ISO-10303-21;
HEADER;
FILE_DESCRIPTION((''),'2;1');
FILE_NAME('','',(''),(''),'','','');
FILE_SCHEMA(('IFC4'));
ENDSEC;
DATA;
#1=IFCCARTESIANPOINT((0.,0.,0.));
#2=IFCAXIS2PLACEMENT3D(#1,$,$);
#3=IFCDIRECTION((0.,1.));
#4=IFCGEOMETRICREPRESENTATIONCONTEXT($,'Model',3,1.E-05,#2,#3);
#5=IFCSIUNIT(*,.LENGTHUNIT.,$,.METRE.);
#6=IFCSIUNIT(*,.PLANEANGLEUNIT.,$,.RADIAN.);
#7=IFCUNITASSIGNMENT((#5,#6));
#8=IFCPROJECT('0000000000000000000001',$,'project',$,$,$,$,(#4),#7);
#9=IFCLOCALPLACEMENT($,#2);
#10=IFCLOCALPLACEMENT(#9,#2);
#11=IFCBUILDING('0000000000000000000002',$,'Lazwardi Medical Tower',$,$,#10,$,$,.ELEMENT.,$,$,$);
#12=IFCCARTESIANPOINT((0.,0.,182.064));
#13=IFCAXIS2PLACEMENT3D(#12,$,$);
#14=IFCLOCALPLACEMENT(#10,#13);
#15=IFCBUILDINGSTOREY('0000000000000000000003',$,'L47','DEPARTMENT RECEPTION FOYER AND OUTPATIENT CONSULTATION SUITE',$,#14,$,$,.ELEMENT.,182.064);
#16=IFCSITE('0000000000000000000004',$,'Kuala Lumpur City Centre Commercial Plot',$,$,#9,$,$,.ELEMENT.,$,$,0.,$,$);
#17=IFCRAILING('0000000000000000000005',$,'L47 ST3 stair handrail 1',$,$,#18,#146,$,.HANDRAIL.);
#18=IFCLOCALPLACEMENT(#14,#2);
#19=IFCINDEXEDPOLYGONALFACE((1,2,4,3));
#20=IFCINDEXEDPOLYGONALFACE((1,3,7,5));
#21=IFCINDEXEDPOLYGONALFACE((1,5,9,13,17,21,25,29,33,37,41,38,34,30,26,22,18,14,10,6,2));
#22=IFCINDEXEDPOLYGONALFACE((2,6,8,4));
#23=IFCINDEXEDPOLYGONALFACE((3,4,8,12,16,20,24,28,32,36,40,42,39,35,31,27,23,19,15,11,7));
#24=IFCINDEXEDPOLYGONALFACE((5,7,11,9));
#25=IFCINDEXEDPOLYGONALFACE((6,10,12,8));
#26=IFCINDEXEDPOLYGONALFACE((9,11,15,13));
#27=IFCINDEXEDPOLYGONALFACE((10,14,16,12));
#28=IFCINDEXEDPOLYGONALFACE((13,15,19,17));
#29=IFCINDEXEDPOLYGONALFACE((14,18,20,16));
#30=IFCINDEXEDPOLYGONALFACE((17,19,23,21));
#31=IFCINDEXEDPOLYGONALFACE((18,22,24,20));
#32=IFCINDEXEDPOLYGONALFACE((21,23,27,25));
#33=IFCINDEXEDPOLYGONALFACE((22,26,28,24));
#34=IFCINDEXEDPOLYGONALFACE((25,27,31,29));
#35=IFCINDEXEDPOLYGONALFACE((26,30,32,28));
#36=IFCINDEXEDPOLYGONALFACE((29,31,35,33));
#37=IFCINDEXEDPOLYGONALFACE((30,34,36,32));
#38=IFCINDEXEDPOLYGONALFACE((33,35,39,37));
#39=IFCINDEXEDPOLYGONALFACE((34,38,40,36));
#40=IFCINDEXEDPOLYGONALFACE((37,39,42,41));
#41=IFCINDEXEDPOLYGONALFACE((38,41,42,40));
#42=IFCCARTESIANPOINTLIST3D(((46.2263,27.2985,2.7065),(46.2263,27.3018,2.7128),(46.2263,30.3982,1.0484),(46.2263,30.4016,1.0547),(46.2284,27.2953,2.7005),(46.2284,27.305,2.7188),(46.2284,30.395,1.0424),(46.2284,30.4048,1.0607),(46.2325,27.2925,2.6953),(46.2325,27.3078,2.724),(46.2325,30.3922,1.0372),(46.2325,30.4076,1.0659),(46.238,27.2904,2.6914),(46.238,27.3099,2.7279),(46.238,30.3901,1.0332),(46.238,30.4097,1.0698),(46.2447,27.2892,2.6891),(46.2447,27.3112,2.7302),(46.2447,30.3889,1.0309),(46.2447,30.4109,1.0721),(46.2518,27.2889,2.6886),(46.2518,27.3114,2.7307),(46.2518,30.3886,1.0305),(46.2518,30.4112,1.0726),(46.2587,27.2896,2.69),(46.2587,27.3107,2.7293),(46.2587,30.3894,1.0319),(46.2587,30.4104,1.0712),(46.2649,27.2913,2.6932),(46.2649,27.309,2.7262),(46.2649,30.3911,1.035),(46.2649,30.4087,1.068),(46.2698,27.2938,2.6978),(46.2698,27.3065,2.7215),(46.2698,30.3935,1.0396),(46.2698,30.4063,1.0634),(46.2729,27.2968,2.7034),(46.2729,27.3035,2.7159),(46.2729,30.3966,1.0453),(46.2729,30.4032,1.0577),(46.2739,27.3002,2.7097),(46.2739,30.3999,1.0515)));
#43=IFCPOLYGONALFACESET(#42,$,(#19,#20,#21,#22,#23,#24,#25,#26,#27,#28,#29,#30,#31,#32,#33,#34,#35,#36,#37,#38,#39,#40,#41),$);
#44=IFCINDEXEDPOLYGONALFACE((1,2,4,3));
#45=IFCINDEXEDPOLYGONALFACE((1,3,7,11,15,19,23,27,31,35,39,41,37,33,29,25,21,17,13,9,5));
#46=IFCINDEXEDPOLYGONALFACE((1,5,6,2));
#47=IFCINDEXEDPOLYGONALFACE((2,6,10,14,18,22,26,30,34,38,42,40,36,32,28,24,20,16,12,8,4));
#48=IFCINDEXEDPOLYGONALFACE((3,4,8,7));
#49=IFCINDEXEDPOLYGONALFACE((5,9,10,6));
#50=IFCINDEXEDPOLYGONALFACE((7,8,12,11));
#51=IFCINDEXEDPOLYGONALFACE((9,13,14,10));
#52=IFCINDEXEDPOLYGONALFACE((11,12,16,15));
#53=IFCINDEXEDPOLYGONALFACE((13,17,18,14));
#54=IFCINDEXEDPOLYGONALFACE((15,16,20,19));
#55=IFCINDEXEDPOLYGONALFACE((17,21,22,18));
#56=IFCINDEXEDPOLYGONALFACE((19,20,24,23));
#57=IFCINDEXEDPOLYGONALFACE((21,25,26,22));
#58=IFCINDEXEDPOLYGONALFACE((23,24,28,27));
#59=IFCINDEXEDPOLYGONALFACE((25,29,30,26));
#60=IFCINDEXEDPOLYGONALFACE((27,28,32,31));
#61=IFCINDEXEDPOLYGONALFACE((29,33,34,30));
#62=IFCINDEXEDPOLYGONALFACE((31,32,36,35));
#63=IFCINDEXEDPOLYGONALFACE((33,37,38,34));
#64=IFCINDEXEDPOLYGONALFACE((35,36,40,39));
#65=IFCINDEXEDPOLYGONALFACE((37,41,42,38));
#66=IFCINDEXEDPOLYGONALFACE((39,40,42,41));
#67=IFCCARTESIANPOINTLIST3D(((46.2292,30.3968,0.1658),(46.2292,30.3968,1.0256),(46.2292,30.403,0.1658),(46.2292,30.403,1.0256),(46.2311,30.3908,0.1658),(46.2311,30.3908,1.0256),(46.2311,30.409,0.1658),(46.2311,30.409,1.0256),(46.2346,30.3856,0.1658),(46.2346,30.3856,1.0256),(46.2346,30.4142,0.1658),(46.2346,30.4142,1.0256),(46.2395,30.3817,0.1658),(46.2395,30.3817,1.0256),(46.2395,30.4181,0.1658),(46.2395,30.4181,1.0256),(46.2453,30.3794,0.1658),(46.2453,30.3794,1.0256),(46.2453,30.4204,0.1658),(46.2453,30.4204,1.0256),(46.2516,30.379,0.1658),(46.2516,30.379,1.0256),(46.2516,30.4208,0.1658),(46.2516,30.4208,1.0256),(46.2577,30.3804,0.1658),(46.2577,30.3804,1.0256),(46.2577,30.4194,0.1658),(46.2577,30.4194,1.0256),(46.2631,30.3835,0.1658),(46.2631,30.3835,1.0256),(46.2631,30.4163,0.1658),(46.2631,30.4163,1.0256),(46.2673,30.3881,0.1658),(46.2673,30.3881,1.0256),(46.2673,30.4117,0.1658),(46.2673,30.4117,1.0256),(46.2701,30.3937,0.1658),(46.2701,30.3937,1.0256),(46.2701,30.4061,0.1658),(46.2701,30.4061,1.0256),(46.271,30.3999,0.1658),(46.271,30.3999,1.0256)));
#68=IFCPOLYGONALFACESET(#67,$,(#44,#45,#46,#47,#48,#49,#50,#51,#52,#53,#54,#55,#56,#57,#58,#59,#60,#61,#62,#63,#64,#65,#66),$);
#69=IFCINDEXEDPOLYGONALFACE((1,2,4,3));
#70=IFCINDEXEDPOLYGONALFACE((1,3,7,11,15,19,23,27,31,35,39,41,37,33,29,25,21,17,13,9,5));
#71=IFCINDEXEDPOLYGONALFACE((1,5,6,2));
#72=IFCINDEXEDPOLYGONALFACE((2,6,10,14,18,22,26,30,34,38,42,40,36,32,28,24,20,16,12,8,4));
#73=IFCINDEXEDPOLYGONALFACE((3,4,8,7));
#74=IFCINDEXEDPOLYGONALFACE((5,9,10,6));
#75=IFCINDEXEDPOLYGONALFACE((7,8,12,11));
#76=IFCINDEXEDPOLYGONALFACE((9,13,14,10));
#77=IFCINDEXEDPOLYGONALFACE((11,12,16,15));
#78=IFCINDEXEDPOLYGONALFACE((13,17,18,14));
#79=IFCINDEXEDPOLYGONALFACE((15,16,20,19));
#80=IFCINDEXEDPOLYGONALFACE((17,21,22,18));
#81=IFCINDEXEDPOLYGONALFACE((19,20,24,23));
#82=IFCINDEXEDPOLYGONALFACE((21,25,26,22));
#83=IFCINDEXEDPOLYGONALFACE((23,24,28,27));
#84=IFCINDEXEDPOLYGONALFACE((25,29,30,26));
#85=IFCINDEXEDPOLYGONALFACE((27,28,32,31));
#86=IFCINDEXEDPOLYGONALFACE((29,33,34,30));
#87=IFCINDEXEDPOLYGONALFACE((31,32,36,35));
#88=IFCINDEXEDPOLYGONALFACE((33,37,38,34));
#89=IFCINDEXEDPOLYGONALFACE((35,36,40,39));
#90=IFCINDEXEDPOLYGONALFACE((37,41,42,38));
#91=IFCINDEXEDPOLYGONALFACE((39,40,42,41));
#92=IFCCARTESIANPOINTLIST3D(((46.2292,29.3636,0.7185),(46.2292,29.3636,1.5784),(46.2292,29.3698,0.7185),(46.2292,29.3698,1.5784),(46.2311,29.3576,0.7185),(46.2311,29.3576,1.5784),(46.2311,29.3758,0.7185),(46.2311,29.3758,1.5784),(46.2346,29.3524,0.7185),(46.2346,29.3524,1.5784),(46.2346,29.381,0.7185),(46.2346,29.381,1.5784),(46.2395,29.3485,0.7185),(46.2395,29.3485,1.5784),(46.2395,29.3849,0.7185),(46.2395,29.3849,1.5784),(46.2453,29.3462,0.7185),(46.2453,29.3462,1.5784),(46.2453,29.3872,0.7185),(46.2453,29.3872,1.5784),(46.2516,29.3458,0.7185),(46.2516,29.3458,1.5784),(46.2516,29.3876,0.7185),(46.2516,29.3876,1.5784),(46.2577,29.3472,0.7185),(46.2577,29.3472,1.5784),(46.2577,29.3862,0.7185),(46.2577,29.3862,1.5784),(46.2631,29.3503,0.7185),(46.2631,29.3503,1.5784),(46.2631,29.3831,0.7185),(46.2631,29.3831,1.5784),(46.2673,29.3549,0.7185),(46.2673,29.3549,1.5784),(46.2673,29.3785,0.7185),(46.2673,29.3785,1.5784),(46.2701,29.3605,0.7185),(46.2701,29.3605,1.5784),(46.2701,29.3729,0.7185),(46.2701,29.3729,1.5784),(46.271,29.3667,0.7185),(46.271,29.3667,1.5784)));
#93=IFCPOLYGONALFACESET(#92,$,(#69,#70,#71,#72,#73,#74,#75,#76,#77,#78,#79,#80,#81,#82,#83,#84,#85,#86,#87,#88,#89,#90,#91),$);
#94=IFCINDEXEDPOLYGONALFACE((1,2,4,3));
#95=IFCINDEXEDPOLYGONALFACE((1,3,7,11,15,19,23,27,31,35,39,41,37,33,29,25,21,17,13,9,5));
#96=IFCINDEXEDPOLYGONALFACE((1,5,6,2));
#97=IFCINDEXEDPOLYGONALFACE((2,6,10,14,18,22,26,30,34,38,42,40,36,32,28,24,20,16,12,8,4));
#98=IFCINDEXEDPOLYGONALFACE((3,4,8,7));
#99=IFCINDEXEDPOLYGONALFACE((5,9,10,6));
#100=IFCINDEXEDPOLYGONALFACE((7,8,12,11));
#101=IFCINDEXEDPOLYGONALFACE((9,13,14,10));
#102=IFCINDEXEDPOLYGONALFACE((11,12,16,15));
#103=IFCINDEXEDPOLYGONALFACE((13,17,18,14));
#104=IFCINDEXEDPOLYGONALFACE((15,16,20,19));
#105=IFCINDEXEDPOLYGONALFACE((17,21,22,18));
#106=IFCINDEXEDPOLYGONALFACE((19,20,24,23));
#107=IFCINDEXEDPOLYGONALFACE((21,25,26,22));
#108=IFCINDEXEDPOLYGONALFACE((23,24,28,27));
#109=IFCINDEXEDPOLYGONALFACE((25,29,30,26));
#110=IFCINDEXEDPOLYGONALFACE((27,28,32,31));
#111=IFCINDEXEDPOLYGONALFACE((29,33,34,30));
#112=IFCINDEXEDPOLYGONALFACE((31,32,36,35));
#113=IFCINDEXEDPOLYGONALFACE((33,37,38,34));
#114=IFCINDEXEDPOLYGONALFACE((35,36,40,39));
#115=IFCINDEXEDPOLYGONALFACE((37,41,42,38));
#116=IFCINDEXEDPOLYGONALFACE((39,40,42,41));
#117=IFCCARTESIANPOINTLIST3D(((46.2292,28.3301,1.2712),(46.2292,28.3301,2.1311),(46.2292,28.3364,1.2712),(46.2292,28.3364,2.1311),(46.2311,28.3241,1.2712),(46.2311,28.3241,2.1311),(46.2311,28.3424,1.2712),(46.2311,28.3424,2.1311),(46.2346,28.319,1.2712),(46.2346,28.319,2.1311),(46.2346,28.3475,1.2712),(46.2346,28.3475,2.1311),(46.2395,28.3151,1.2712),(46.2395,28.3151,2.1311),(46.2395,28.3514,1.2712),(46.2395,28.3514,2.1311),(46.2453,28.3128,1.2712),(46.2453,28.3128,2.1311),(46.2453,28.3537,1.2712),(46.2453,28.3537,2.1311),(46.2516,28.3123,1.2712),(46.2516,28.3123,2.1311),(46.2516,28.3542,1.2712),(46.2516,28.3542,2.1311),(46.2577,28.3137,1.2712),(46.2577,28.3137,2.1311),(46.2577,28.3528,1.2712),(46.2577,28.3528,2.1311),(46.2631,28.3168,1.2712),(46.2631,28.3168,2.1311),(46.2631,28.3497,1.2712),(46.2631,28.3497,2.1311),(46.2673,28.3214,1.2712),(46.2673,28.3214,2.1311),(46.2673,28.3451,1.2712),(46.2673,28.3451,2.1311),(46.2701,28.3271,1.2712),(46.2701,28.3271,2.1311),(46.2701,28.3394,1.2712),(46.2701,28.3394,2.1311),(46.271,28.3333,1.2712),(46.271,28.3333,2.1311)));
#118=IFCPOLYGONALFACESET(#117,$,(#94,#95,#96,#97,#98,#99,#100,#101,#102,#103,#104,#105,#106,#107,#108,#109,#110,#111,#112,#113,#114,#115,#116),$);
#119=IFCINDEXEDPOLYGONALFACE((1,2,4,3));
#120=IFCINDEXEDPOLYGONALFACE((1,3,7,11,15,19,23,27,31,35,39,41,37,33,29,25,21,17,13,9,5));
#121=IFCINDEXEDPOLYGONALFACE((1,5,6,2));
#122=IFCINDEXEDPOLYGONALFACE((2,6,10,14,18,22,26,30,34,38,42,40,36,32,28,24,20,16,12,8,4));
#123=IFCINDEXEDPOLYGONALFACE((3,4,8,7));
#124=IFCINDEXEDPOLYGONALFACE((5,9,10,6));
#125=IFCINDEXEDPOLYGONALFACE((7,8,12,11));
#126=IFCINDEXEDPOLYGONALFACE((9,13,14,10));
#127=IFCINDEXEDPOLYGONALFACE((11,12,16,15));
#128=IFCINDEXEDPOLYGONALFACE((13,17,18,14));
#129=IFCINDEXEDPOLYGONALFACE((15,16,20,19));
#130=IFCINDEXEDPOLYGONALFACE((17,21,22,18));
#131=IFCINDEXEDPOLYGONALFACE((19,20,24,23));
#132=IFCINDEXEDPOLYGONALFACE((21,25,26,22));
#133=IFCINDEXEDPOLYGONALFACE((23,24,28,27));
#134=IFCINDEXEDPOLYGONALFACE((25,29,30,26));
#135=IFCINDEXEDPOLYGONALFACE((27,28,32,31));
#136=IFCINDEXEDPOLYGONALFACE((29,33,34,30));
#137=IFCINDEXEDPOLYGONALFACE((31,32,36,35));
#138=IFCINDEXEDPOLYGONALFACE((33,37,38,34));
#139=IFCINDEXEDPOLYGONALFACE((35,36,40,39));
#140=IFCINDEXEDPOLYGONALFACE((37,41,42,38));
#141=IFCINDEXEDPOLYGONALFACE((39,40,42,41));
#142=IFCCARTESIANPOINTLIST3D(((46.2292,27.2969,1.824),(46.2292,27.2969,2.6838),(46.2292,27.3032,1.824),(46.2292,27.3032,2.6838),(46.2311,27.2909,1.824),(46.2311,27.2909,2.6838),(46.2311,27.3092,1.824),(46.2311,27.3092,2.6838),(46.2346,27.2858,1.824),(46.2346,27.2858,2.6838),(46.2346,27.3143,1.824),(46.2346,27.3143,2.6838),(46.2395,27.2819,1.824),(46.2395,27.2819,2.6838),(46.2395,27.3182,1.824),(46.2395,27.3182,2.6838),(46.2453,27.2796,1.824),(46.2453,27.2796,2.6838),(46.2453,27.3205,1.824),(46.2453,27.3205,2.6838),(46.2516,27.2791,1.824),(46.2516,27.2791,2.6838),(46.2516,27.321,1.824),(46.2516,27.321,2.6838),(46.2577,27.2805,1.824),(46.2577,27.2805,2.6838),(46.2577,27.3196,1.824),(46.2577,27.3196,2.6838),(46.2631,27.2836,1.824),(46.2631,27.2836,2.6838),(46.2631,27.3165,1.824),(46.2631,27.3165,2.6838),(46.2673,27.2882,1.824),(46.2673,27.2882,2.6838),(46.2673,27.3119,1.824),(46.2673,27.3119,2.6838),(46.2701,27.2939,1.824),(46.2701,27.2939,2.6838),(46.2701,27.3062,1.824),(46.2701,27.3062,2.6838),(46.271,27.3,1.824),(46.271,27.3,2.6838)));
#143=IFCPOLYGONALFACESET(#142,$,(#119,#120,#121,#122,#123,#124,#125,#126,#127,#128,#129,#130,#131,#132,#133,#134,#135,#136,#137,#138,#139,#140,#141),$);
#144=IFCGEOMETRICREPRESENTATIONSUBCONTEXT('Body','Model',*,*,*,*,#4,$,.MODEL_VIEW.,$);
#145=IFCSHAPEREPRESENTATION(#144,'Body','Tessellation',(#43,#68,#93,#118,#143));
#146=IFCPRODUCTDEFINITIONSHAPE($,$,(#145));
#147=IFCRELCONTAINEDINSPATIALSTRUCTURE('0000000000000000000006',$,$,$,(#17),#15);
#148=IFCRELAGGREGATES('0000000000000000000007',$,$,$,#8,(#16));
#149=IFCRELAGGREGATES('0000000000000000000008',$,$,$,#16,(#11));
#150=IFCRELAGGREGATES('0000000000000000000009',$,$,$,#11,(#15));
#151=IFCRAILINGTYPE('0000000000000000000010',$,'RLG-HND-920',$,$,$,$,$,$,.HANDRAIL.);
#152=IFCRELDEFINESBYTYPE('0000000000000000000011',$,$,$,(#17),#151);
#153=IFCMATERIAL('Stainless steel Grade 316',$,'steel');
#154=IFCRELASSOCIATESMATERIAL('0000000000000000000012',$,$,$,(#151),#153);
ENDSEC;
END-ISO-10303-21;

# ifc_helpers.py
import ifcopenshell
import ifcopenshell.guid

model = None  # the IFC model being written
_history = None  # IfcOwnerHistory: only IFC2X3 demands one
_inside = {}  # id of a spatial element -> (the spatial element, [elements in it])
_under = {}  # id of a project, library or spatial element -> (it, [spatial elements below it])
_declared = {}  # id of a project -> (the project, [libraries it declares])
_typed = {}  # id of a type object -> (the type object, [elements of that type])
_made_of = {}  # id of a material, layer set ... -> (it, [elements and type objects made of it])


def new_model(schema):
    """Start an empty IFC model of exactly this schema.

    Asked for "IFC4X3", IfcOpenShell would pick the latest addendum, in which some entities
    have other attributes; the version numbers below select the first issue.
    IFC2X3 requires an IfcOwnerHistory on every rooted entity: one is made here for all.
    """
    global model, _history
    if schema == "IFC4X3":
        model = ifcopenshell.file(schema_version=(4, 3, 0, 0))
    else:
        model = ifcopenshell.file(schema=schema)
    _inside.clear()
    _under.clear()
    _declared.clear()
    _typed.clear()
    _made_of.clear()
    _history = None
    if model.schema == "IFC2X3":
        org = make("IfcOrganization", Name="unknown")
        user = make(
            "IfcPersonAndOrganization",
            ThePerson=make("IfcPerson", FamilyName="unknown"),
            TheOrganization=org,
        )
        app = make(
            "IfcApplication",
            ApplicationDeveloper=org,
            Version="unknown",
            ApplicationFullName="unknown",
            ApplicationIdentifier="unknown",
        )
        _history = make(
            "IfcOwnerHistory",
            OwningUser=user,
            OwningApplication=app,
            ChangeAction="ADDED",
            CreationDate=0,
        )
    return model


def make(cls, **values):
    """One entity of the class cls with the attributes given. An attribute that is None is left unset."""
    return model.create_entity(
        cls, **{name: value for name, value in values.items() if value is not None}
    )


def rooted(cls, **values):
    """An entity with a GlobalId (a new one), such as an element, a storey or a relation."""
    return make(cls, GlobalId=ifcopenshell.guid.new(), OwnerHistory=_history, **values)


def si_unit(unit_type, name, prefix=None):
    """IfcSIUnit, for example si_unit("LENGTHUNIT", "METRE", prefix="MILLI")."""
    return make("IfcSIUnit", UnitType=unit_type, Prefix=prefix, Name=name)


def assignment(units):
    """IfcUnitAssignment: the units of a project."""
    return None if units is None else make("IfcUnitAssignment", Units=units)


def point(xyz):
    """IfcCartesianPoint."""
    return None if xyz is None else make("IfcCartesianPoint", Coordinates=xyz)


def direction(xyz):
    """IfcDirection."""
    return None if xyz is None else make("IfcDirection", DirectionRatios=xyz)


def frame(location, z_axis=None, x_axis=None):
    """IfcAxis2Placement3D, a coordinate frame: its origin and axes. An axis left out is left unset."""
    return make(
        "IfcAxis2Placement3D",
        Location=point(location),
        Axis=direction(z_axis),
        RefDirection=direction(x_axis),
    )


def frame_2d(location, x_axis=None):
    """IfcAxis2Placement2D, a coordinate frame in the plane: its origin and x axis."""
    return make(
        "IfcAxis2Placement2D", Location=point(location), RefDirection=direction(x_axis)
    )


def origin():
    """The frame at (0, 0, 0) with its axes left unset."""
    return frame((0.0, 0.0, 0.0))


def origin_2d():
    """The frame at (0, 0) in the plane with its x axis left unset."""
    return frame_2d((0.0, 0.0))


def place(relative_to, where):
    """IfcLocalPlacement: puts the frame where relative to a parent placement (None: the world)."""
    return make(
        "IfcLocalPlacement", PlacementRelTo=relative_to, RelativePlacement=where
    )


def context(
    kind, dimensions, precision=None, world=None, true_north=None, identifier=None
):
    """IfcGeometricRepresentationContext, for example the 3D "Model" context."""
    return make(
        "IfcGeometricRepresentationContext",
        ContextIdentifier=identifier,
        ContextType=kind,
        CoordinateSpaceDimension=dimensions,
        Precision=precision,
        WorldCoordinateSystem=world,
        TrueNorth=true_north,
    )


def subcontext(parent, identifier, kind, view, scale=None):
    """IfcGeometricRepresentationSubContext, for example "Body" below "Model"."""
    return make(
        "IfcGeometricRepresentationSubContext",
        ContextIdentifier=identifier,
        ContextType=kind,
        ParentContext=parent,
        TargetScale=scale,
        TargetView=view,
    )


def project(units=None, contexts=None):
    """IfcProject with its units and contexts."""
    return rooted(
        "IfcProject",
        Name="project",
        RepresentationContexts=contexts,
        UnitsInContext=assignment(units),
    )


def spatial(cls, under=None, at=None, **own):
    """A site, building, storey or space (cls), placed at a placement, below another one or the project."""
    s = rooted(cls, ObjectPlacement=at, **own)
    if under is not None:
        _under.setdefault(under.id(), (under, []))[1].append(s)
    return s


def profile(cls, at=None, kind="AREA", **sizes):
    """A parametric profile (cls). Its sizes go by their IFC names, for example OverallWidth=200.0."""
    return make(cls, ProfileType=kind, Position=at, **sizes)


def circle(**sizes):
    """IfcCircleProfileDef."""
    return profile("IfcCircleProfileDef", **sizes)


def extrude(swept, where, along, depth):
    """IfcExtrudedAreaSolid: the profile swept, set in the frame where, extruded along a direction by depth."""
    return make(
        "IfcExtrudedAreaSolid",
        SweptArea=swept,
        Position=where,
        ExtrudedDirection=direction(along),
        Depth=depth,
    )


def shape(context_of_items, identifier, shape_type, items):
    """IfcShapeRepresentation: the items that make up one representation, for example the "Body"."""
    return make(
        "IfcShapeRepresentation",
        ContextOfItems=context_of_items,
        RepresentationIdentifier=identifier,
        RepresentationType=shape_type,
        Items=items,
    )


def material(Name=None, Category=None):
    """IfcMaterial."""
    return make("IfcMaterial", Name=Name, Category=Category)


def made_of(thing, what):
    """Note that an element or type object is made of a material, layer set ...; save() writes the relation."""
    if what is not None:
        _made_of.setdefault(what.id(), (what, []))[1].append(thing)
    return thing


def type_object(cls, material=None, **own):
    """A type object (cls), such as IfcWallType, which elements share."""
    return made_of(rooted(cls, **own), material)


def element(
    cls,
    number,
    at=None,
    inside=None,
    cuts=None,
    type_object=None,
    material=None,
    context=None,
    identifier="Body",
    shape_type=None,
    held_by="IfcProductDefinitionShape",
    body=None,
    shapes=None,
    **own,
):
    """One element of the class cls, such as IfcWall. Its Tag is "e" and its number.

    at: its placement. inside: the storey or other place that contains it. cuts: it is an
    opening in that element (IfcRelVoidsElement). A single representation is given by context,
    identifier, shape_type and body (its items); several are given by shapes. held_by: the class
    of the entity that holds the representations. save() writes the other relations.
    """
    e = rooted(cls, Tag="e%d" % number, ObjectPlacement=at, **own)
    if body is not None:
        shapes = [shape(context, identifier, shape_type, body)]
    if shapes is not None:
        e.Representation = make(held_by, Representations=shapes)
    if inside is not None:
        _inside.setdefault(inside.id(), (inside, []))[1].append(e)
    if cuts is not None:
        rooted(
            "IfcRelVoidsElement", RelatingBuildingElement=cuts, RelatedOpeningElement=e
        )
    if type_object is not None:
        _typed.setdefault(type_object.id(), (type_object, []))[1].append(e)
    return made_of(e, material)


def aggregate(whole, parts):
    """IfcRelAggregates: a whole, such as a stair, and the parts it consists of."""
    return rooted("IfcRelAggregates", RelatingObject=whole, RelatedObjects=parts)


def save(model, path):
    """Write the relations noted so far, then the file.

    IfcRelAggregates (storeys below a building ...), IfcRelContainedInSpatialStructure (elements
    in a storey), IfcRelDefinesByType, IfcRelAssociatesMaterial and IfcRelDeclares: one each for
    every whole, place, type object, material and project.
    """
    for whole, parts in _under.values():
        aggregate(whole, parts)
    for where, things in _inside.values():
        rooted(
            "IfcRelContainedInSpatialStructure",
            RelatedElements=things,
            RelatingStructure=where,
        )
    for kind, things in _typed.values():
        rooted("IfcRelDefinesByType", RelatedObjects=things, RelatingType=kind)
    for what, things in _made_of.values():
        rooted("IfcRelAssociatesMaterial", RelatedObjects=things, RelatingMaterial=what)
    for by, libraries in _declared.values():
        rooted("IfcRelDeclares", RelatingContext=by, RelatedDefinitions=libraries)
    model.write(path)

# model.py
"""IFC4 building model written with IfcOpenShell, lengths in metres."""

from ifc_helpers import new_model, si_unit, direction, frame, origin, origin_2d, place, context, subcontext, project, spatial, circle, extrude, material, type_object, element, save


model = new_model("IFC4")

# Units and contexts
model_context = context("Model", 3, precision=1e-05, world=origin(), true_north=direction((0.0, 1.0)))
body_context = subcontext(model_context, "Body", "Model", "MODEL_VIEW")
ifc_project = project(units=[si_unit("LENGTHUNIT", "METRE"), si_unit("PLANEANGLEUNIT", "RADIAN")], contexts=[model_context])

# Site, building, storey
site_placement = place(None, origin())
site = spatial("IfcSite", under=ifc_project, at=site_placement, Name="Kuala Lumpur City Centre Commercial Plot", CompositionType="ELEMENT", RefElevation=0.0)
building_placement = place(site_placement, origin())
building = spatial("IfcBuilding", under=site, at=building_placement, Name="Lazwardi Medical Tower", CompositionType="ELEMENT")
storey_placement = place(building_placement, frame((0.0, 0.0, 182.064)))
storey = spatial("IfcBuildingStorey", under=building, at=storey_placement, Name="L47", Description="DEPARTMENT RECEPTION FOYER AND OUTPATIENT CONSULTATION SUITE", CompositionType="ELEMENT", Elevation=182.064)

# Railing
ifc_material_1 = material(Name="Stainless steel Grade 316", Category="steel")
railing_type_1 = type_object("IfcRailingType", Name="RLG-HND-920", PredefinedType="HANDRAIL", material=ifc_material_1)
railing_1_placement = place(storey_placement, frame((46.25, 30.3999, 0.1658)))
element("IfcRailing", 1, at=railing_1_placement, inside=storey, type_object=railing_type_1, Name="L47 ST3 stair handrail 1", PredefinedType="HANDRAIL", context=body_context, shape_type="SweptSolid", body=[
    extrude(circle(Radius=0.0239, at=origin_2d()), frame((0.0, 0.0, 0.8857), z_axis=(0.0, -0.881768, 0.471684), x_axis=(1.0, 0.0, 0.0)), (0.0, 0.0, 1.0), 3.5154),
    extrude(circle(Radius=0.021, at=origin_2d()), origin(), (0.0, 0.0, 1.0), 0.8599),
    extrude(circle(Radius=0.021, at=origin_2d()), frame((0.0, -1.0332, 0.5527)), (0.0, 0.0, 1.0), 0.8599),
    extrude(circle(Radius=0.021, at=origin_2d()), frame((0.0, -2.0667, 1.1055)), (0.0, 0.0, 1.0), 0.8599),
    extrude(circle(Radius=0.021, at=origin_2d()), frame((0.0, -3.0999, 1.6582)), (0.0, 0.0, 1.0), 0.8599),
])

save(model, "model.ifc")
